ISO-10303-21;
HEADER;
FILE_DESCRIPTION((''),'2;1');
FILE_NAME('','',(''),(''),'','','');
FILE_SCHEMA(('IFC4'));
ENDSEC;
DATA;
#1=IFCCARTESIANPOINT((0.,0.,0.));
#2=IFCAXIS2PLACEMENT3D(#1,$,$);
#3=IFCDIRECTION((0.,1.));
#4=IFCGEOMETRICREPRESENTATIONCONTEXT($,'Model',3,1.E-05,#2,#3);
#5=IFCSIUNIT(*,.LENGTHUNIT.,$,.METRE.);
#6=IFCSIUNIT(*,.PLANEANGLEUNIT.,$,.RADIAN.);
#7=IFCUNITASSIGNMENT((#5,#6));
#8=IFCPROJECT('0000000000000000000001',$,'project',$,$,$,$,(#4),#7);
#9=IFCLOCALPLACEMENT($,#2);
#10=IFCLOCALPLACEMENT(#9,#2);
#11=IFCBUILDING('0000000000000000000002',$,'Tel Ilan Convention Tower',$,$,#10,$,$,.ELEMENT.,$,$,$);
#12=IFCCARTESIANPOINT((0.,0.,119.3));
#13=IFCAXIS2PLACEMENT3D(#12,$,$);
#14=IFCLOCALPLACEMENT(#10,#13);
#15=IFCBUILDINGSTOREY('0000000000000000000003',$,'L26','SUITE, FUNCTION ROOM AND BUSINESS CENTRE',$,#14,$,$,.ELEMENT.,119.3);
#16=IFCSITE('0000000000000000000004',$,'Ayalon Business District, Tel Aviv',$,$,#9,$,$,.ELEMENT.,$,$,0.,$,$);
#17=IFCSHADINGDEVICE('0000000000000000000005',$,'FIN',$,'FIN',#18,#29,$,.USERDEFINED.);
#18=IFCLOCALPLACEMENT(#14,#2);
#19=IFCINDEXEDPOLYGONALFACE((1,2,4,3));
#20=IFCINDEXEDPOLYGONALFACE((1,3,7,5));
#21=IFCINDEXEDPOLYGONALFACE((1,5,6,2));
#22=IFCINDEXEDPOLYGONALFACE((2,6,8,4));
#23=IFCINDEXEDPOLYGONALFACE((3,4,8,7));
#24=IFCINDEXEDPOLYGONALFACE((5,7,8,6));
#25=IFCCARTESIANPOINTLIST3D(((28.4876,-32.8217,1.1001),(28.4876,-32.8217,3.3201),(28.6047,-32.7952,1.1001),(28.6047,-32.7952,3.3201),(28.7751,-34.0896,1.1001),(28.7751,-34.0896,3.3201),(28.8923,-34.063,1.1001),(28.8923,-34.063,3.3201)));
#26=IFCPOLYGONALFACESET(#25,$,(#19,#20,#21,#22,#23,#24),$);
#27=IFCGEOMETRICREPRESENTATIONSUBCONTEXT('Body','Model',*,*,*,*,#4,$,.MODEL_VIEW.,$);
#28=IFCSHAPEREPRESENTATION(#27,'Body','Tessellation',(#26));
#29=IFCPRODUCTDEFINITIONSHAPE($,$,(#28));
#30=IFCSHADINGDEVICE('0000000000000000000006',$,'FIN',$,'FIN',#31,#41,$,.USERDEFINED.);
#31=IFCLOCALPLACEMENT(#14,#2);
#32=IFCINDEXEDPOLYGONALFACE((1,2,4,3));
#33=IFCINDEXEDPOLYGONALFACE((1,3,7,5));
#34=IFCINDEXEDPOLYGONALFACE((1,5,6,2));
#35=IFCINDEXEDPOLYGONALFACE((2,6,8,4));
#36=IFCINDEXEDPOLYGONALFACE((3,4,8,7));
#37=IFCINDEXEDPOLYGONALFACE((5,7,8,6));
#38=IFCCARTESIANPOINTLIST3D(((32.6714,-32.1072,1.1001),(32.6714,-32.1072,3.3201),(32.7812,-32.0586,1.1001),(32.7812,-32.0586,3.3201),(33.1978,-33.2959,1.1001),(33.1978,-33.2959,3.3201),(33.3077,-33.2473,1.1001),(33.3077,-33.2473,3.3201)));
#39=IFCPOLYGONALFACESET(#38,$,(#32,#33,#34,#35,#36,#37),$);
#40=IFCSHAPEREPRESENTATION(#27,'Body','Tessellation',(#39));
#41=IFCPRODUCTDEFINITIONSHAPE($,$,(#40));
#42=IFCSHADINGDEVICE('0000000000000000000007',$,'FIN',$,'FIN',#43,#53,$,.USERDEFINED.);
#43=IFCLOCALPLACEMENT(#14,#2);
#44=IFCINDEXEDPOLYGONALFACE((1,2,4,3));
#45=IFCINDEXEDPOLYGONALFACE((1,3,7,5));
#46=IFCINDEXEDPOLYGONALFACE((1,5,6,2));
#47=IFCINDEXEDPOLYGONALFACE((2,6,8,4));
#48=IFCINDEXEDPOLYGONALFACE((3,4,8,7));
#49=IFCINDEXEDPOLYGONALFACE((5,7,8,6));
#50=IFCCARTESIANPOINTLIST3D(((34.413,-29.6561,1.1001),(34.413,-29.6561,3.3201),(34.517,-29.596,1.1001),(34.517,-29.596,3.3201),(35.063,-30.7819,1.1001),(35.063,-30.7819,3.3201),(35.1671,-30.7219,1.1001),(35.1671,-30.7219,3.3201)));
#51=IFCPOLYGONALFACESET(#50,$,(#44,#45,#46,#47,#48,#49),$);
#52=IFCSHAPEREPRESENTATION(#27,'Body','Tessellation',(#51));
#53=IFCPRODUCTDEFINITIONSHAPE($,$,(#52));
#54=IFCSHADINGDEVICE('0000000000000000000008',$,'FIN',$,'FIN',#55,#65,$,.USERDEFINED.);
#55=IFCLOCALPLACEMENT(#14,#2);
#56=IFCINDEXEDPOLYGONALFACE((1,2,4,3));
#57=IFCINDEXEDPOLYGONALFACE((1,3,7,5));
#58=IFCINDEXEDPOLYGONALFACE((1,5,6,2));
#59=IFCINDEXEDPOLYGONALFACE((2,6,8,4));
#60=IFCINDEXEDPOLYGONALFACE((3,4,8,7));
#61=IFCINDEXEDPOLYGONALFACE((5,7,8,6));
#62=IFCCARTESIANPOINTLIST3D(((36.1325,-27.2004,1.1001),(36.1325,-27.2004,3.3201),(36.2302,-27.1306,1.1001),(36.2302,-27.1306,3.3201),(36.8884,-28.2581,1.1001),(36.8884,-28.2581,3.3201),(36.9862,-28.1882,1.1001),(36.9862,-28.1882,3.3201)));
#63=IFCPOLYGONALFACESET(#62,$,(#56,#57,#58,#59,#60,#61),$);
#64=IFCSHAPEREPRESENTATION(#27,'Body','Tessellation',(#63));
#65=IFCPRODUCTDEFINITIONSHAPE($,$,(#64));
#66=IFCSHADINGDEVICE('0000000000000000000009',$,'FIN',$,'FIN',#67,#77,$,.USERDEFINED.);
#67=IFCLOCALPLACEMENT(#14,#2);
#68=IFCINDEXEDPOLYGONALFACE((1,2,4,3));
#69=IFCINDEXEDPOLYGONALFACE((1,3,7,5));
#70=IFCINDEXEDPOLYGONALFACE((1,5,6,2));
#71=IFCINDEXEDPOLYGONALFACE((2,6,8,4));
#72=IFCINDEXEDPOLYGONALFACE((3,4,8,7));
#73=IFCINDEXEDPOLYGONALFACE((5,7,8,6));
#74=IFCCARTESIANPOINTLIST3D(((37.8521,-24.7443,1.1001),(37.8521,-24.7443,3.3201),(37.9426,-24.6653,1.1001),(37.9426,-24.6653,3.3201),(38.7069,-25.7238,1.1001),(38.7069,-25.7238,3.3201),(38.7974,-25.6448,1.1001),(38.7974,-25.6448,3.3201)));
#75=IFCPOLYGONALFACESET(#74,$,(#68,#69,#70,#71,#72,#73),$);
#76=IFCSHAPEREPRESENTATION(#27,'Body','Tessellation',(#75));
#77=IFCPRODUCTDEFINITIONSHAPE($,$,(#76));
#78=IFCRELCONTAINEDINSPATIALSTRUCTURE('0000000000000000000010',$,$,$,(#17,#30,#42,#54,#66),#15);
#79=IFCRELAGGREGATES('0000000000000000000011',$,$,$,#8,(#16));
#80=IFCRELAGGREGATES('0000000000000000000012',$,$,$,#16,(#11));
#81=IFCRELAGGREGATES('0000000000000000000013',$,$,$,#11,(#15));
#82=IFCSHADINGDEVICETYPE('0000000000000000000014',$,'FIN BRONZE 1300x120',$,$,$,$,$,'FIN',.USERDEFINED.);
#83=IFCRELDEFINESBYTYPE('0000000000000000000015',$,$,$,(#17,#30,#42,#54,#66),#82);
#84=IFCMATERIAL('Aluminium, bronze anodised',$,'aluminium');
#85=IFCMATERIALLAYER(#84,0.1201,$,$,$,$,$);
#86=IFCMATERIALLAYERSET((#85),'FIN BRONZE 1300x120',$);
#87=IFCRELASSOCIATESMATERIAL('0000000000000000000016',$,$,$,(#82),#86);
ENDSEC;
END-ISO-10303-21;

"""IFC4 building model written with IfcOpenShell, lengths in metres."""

from ifc_helpers import new_model, si_unit, direction, frame, origin, origin_2d, place, context, subcontext, project, spatial, rectangle, extrude, material, layer, layer_set, type_object, element, save


model = new_model("IFC4")

# Units and contexts
model_context = context("Model", 3, precision=1e-05, world=origin(), true_north=direction((0.0, 1.0)))
body_context = subcontext(model_context, "Body", "Model", "MODEL_VIEW")
ifc_project = project(units=[si_unit("LENGTHUNIT", "METRE"), si_unit("PLANEANGLEUNIT", "RADIAN")], contexts=[model_context])

# Site, building, storey
site_placement = place(None, origin())
site = spatial("IfcSite", under=ifc_project, at=site_placement, Name="Ayalon Business District, Tel Aviv", CompositionType="ELEMENT", RefElevation=0.0)
building_placement = place(site_placement, origin())
building = spatial("IfcBuilding", under=site, at=building_placement, Name="Tel Ilan Convention Tower", CompositionType="ELEMENT")
storey_placement = place(building_placement, frame((0.0, 0.0, 119.3)))
storey = spatial("IfcBuildingStorey", under=building, at=storey_placement, Name="L26", Description="SUITE, FUNCTION ROOM AND BUSINESS CENTRE", CompositionType="ELEMENT", Elevation=119.3)

# Shading devices
ifc_material_1 = material(Name="Aluminium, bronze anodised", Category="aluminium")
ifc_layer_1 = layer(ifc_material_1, 0.1201)
ifc_layer_set_1 = layer_set([ifc_layer_1], Name="FIN BRONZE 1300x120")
shading_device_type = type_object("IfcShadingDeviceType", Name="FIN BRONZE 1300x120", ElementType="FIN", PredefinedType="USERDEFINED", material=ifc_layer_set_1)
for number, where, z_axis, x_axis, name in (
    (1, (28.6899, -33.4424, 1.1001), (0.0, 0.0, 1.0), (0.22117, -0.975235, 0.0), "FIN"),
    (2, (32.9895, -32.6772, 1.1001), (0.0, 0.0, 1.0), (0.404964, -0.914333, 0.0), "FIN"),
    (3, (34.79, -30.189, 1.1001), (0.0, 0.0, 1.0), (0.5, -0.866025, 0.0), "FIN"),
    (4, (36.5593, -27.6943, 1.1001), (0.0, 0.0, 1.0), (0.581492, -0.813552, 0.0), "FIN"),
    (5, (38.3247, -25.1946, 1.1001), (0.0, 0.0, 1.0), (0.657521, -0.753436, 0.0), "FIN"),
):
    element("IfcShadingDevice", number, at=place(storey_placement, frame(where, z_axis=z_axis, x_axis=x_axis)), inside=storey, type_object=shading_device_type, Name=name, ObjectType="FIN", PredefinedType="USERDEFINED", context=body_context, shape_type="SweptSolid", body=[
        extrude(rectangle(XDim=1.3, YDim=0.1201, at=origin_2d()), origin(), (0.0, 0.0, 1.0), 2.22),
    ])

save(model, "model.ifc")
